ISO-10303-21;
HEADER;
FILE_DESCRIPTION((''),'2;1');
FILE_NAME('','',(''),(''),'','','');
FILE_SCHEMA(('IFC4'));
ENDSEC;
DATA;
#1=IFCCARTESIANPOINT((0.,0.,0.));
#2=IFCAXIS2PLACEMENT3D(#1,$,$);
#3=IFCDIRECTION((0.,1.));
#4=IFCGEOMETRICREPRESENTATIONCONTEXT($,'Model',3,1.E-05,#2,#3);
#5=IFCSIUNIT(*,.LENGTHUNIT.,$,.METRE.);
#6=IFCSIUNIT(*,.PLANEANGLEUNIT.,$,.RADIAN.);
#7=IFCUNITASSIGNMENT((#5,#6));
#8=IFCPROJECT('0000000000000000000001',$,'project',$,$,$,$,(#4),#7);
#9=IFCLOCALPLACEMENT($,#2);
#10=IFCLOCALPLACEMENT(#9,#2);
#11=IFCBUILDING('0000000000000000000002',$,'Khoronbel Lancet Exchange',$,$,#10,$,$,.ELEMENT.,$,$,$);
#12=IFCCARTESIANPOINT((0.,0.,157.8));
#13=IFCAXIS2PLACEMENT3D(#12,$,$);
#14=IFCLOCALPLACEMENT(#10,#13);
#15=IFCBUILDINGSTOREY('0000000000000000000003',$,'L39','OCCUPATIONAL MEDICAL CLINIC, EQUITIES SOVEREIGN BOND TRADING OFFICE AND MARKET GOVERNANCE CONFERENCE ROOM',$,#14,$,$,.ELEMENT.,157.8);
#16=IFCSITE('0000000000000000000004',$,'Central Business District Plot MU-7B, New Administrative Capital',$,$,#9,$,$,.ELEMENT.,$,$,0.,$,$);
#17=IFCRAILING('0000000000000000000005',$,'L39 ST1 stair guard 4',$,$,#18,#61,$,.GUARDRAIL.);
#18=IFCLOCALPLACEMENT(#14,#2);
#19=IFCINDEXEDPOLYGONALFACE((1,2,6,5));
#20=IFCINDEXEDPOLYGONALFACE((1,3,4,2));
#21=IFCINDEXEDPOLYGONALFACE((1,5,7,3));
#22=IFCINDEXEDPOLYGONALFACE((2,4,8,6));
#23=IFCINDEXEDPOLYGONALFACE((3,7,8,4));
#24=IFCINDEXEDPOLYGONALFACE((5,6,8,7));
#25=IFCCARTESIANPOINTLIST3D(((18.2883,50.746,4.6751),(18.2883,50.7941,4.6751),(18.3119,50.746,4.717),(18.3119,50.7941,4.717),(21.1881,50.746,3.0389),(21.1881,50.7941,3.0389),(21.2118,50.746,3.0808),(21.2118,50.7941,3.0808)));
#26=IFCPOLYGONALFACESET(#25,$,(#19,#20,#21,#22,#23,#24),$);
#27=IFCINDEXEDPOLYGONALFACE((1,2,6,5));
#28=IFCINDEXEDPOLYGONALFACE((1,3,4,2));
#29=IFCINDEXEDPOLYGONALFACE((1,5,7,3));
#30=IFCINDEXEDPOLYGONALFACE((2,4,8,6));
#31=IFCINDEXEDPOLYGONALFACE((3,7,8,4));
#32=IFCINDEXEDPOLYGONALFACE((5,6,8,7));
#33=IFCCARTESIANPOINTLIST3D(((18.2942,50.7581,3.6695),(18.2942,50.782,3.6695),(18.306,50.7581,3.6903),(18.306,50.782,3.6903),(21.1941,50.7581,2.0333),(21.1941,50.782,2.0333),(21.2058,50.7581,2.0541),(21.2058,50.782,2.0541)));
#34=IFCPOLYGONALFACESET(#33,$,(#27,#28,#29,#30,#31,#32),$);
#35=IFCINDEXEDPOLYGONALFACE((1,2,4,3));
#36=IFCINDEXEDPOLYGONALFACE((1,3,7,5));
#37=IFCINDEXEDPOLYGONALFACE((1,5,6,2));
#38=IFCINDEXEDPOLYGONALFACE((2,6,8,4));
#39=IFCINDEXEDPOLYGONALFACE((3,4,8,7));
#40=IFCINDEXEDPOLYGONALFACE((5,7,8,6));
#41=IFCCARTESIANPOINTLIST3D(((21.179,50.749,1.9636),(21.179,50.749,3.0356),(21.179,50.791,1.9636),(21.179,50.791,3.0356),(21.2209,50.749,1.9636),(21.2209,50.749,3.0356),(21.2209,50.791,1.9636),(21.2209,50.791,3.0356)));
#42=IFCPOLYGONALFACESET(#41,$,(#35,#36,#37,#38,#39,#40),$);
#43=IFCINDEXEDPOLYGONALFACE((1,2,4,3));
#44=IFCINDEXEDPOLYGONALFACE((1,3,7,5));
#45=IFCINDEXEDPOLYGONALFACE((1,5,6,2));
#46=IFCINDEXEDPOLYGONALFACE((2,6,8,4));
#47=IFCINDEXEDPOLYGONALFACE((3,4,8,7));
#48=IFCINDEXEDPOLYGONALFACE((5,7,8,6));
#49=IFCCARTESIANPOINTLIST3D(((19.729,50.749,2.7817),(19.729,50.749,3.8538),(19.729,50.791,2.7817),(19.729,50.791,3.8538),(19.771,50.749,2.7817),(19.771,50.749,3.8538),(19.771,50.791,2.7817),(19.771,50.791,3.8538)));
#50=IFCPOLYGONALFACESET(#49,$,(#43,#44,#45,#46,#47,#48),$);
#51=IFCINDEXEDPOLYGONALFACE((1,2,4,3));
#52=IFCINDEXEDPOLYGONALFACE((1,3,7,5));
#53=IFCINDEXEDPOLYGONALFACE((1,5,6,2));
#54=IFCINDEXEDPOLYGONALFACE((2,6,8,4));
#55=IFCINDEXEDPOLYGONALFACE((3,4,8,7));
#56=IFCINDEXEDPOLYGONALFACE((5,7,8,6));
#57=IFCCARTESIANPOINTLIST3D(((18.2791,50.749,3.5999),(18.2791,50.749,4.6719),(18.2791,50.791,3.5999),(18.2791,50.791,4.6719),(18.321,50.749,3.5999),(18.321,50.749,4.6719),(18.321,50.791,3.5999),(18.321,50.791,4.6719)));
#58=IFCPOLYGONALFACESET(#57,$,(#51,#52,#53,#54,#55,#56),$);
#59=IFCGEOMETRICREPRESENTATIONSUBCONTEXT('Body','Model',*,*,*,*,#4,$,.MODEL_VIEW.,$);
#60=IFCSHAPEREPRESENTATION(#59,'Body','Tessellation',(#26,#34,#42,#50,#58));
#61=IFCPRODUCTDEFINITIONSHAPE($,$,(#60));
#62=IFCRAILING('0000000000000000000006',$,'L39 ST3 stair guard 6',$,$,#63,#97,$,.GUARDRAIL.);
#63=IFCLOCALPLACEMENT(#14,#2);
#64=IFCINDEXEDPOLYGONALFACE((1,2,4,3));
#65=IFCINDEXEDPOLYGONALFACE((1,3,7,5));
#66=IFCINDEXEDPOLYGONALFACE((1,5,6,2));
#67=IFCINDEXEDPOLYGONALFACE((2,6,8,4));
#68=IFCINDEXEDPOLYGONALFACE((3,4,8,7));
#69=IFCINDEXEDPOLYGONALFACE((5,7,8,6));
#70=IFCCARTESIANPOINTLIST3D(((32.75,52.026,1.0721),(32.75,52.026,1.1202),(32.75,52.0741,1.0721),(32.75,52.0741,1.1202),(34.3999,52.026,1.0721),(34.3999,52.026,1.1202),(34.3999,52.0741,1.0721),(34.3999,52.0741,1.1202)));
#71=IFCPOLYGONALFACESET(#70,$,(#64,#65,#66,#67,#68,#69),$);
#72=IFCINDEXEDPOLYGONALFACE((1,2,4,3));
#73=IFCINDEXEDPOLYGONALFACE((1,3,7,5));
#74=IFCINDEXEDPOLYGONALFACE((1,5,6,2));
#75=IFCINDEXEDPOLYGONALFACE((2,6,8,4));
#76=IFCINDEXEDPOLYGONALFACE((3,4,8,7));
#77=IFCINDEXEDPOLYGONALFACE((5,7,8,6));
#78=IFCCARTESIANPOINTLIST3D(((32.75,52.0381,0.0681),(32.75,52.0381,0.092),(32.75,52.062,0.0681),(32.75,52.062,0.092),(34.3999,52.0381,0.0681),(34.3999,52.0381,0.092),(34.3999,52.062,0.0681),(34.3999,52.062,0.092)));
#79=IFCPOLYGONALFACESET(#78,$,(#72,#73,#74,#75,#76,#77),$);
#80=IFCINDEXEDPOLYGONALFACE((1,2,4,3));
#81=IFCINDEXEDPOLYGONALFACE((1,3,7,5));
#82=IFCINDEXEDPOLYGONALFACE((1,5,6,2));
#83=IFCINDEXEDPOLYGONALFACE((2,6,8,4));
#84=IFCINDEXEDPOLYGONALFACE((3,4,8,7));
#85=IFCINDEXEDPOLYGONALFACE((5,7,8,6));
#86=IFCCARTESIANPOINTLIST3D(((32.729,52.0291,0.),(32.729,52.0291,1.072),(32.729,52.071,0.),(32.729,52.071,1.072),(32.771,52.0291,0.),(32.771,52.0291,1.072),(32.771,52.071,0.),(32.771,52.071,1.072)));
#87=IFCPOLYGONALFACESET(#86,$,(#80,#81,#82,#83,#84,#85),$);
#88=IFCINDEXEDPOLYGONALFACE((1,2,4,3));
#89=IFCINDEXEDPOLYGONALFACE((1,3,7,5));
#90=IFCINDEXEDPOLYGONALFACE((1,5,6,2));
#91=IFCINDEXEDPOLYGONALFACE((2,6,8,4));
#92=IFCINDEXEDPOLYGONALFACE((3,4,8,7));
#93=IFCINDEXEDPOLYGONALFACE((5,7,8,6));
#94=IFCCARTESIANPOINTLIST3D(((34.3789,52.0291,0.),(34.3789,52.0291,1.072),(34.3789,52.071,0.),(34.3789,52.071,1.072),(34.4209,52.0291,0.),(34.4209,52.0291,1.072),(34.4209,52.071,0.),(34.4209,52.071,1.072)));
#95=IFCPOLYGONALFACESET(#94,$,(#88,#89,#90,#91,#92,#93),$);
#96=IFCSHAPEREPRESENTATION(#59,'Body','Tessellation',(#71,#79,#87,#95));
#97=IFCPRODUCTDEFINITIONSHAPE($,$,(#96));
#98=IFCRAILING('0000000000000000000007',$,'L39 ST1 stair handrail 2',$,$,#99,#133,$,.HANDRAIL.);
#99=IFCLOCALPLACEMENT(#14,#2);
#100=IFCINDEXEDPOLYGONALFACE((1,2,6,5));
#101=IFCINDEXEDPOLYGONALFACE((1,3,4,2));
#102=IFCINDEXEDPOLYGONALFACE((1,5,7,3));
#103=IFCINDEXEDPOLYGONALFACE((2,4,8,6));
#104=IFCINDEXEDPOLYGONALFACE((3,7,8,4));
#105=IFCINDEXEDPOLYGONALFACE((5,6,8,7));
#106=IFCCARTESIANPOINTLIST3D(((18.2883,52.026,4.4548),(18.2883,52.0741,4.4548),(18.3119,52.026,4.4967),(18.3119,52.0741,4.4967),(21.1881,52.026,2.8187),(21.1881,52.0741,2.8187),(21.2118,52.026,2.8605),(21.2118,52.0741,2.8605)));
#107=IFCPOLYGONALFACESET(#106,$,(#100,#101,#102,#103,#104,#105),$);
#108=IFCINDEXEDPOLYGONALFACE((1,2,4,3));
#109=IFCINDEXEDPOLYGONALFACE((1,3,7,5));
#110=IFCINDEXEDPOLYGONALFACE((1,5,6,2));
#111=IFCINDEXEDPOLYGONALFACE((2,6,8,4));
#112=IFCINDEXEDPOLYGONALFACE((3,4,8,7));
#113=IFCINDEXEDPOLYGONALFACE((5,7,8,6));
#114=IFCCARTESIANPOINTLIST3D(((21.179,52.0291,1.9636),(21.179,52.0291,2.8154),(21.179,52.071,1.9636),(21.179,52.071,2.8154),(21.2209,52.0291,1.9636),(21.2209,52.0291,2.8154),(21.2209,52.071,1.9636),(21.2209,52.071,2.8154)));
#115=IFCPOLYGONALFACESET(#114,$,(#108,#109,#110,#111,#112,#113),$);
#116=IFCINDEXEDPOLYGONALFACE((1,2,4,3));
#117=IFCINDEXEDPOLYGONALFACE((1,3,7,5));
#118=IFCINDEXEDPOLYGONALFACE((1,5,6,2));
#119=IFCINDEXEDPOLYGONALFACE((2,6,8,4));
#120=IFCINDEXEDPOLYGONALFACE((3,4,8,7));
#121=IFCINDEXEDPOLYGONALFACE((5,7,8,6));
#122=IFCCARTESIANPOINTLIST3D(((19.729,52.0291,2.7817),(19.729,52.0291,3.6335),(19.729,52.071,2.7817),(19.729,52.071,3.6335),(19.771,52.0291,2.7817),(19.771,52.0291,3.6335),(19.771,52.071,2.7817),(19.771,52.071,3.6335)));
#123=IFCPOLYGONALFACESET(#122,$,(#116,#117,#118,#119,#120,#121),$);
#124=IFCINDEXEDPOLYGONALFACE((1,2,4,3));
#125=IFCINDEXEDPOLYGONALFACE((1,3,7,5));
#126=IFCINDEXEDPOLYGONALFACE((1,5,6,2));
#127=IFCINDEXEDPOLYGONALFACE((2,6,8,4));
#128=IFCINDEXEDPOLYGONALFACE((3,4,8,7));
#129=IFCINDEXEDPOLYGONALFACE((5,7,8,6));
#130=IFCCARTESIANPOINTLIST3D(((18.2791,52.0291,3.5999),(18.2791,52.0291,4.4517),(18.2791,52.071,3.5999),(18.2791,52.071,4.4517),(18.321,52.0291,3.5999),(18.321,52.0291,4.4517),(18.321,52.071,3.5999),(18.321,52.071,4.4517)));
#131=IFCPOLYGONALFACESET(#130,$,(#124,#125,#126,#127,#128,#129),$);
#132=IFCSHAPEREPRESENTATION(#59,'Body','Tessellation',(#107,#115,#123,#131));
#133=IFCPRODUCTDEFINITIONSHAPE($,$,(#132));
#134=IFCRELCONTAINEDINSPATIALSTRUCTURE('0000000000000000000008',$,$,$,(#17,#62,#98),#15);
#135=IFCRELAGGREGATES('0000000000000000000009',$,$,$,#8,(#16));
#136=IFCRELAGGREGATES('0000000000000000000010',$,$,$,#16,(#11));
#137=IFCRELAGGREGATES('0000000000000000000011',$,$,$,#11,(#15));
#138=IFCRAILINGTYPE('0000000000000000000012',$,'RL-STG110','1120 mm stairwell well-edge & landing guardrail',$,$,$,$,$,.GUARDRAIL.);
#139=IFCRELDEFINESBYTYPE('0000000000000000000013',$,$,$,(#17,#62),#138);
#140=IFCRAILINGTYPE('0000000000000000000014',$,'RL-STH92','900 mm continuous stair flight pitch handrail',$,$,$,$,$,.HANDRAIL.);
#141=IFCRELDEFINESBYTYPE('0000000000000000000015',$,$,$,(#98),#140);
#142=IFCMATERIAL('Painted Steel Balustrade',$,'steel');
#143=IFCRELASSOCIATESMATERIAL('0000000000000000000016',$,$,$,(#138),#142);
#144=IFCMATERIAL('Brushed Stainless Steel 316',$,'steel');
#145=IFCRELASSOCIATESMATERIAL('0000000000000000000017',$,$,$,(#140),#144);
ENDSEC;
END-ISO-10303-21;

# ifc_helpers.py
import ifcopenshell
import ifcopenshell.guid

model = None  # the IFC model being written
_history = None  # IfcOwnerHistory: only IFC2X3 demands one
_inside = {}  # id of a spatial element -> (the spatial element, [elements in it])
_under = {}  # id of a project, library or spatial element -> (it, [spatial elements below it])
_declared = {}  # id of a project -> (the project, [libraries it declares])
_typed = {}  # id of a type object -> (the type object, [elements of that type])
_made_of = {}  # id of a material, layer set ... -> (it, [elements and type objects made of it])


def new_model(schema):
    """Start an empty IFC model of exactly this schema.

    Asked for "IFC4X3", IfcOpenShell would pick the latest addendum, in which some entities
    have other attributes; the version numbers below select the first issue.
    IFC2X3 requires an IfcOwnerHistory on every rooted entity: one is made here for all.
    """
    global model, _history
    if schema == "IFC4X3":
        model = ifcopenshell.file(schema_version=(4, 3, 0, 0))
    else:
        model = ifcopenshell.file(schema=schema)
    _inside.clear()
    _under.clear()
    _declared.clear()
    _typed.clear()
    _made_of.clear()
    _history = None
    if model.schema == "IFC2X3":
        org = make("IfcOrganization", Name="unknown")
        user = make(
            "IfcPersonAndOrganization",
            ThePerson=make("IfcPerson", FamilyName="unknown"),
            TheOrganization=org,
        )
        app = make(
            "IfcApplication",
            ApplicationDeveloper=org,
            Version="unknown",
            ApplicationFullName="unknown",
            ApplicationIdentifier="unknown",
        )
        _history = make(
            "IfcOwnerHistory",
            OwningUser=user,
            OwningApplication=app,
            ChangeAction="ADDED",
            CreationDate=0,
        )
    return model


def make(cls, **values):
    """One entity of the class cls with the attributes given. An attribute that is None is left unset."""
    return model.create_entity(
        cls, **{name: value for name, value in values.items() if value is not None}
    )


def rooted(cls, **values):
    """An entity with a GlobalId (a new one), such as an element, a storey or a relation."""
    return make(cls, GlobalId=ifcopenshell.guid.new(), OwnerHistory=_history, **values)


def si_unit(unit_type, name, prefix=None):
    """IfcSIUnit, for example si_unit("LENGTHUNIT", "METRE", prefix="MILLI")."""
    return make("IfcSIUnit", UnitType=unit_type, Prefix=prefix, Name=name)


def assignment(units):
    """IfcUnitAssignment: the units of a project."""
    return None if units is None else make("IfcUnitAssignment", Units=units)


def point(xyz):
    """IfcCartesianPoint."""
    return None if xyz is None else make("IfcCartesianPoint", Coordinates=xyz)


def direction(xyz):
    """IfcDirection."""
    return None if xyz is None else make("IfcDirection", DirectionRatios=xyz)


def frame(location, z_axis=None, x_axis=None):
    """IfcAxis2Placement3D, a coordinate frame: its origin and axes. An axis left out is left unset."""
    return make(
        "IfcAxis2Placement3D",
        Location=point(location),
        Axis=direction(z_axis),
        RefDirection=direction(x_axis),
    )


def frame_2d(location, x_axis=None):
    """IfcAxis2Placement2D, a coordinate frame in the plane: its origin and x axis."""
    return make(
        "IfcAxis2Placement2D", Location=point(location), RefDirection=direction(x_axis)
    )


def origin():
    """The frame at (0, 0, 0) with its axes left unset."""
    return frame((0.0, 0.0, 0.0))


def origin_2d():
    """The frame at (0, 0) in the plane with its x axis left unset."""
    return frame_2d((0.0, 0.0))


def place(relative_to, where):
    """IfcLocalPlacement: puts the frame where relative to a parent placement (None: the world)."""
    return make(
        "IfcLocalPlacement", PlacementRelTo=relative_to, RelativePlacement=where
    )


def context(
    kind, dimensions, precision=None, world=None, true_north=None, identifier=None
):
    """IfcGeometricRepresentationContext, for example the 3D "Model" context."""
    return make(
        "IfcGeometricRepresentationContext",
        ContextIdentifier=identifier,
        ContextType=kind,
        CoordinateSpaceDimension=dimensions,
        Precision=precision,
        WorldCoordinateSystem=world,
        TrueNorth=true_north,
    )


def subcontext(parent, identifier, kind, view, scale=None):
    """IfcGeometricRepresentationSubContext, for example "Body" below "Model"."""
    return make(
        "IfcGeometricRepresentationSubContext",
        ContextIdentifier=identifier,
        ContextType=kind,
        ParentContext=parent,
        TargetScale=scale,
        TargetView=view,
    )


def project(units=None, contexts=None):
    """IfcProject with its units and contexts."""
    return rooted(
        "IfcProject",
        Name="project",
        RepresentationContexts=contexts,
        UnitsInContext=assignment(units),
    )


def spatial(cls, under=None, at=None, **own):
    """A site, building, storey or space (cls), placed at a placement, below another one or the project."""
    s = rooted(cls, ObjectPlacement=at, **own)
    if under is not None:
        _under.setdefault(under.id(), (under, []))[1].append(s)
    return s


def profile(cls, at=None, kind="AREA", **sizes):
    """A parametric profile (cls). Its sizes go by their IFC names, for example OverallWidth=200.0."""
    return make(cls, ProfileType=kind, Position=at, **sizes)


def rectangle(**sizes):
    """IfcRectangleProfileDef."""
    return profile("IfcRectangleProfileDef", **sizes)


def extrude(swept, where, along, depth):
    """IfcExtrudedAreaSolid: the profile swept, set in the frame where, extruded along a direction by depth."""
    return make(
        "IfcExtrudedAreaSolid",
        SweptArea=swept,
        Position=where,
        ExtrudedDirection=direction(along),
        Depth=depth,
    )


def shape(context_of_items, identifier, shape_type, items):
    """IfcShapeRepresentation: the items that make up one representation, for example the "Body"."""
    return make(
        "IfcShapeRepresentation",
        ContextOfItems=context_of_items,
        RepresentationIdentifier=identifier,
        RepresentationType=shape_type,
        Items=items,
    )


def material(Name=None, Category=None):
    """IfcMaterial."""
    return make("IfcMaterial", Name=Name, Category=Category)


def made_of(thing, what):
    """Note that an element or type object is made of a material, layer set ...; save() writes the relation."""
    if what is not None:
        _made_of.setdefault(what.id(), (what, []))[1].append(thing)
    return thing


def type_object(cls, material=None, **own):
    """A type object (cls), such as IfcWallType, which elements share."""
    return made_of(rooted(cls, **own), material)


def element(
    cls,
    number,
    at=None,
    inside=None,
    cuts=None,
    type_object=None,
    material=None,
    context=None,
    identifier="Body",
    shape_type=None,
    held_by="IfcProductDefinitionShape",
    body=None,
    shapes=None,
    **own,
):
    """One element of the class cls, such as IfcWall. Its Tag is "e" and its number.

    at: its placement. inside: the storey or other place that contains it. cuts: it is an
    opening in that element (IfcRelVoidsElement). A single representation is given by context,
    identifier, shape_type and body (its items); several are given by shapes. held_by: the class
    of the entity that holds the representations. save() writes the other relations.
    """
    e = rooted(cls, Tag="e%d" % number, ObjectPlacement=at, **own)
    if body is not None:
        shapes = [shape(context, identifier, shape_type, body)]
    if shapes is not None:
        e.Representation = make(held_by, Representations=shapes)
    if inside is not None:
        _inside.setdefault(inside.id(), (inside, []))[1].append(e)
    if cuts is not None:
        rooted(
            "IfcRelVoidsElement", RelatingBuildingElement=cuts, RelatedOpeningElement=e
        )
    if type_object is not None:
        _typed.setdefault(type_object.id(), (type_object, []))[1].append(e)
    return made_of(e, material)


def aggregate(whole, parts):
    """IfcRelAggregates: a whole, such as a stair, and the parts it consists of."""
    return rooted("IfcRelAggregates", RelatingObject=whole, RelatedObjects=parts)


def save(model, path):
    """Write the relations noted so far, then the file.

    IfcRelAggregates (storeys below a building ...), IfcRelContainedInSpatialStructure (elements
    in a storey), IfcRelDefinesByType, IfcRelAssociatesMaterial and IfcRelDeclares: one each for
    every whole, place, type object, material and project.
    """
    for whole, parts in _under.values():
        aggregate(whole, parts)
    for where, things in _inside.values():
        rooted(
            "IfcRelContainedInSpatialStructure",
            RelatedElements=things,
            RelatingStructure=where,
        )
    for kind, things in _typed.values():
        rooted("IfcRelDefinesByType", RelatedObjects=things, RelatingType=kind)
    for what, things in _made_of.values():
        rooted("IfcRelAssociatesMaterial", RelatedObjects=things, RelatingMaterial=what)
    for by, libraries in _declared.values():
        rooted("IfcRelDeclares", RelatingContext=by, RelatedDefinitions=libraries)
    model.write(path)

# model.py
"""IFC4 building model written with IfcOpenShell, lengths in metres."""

from ifc_helpers import new_model, si_unit, direction, frame, origin, origin_2d, place, context, subcontext, project, spatial, rectangle, extrude, material, type_object, element, save


model = new_model("IFC4")

# Units and contexts
model_context = context("Model", 3, precision=1e-05, world=origin(), true_north=direction((0.0, 1.0)))
body_context = subcontext(model_context, "Body", "Model", "MODEL_VIEW")
ifc_project = project(units=[si_unit("LENGTHUNIT", "METRE"), si_unit("PLANEANGLEUNIT", "RADIAN")], contexts=[model_context])

# Site, building, storey
site_placement = place(None, origin())
site = spatial("IfcSite", under=ifc_project, at=site_placement, Name="Central Business District Plot MU-7B, New Administrative Capital", CompositionType="ELEMENT", RefElevation=0.0)
building_placement = place(site_placement, origin())
building = spatial("IfcBuilding", under=site, at=building_placement, Name="Khoronbel Lancet Exchange", CompositionType="ELEMENT")
storey_placement = place(building_placement, frame((0.0, 0.0, 157.8)))
storey = spatial("IfcBuildingStorey", under=building, at=storey_placement, Name="L39", Description="OCCUPATIONAL MEDICAL CLINIC, EQUITIES SOVEREIGN BOND TRADING OFFICE AND MARKET GOVERNANCE CONFERENCE ROOM", CompositionType="ELEMENT", Elevation=157.8)

# Railings
ifc_material_1 = material(Name="Painted Steel Balustrade", Category="steel")
railing_type_1 = type_object("IfcRailingType", Name="RL-STG110", Description="1120 mm stairwell well-edge & landing guardrail", PredefinedType="GUARDRAIL", material=ifc_material_1)
railing_1_placement = place(storey_placement, frame((21.2, 50.77, 1.9636)))
element("IfcRailing", 1, at=railing_1_placement, inside=storey, type_object=railing_type_1, Name="L39 ST1 stair guard 4", PredefinedType="GUARDRAIL", context=body_context, shape_type="SweptSolid", body=[
    extrude(rectangle(XDim=0.0481, YDim=0.0481, at=origin_2d()), frame((0.0, 0.0, 1.0962), z_axis=(-0.870929, 0.0, 0.49141), x_axis=(0.0, -1.0, 0.0)), (0.0, 0.0, 1.0), 3.3296),
    extrude(rectangle(XDim=0.0239, YDim=0.0239, at=origin_2d()), frame((0.0, 0.0, 0.0801), z_axis=(-0.870929, 0.0, 0.49141), x_axis=(0.0, -1.0, 0.0)), (0.0, 0.0, 1.0), 3.3296),
    extrude(rectangle(XDim=0.042, YDim=0.042, at=origin_2d()), origin(), (0.0, 0.0, 1.0), 1.072),
    extrude(rectangle(XDim=0.042, YDim=0.042, at=origin_2d()), frame((-1.45, 0.0, 0.8181)), (0.0, 0.0, 1.0), 1.072),
    extrude(rectangle(XDim=0.042, YDim=0.042, at=origin_2d()), frame((-2.8999, 0.0, 1.6362)), (0.0, 0.0, 1.0), 1.072),
])
railing_2_placement = place(storey_placement, frame((32.75, 52.05, 0.0)))
element("IfcRailing", 2, at=railing_2_placement, inside=storey, type_object=railing_type_1, Name="L39 ST3 stair guard 6", PredefinedType="GUARDRAIL", context=body_context, shape_type="SweptSolid", body=[
    extrude(rectangle(XDim=0.0481, YDim=0.0481, at=origin_2d()), frame((0.0, 0.0, 1.0962), z_axis=(1.0, 0.0, 0.0), x_axis=(0.0, 1.0, 0.0)), (0.0, 0.0, 1.0), 1.6499),
    extrude(rectangle(XDim=0.0239, YDim=0.0239, at=origin_2d()), frame((0.0, 0.0, 0.0801), z_axis=(1.0, 0.0, 0.0), x_axis=(0.0, 1.0, 0.0)), (0.0, 0.0, 1.0), 1.6499),
    extrude(rectangle(XDim=0.042, YDim=0.042, at=origin_2d()), origin(), (0.0, 0.0, 1.0), 1.072),
    extrude(rectangle(XDim=0.042, YDim=0.042, at=origin_2d()), frame((1.6499, 0.0, 0.0)), (0.0, 0.0, 1.0), 1.072),
])
ifc_material_2 = material(Name="Brushed Stainless Steel 316", Category="steel")
railing_type_2 = type_object("IfcRailingType", Name="RL-STH92", Description="900 mm continuous stair flight pitch handrail", PredefinedType="HANDRAIL", material=ifc_material_2)
railing_3_placement = place(storey_placement, frame((21.2, 52.05, 1.9636)))
element("IfcRailing", 3, at=railing_3_placement, inside=storey, type_object=railing_type_2, Name="L39 ST1 stair handrail 2", PredefinedType="HANDRAIL", context=body_context, shape_type="SweptSolid", body=[
    extrude(rectangle(XDim=0.0481, YDim=0.0481, at=origin_2d()), frame((0.0, 0.0, 0.876), z_axis=(-0.870929, 0.0, 0.49141), x_axis=(0.0, -1.0, 0.0)), (0.0, 0.0, 1.0), 3.3296),
    extrude(rectangle(XDim=0.042, YDim=0.042, at=origin_2d()), origin(), (0.0, 0.0, 1.0), 0.8518),
    extrude(rectangle(XDim=0.042, YDim=0.042, at=origin_2d()), frame((-1.45, 0.0, 0.8181)), (0.0, 0.0, 1.0), 0.8518),
    extrude(rectangle(XDim=0.042, YDim=0.042, at=origin_2d()), frame((-2.8999, 0.0, 1.6362)), (0.0, 0.0, 1.0), 0.8518),
])

save(model, "model.ifc")
